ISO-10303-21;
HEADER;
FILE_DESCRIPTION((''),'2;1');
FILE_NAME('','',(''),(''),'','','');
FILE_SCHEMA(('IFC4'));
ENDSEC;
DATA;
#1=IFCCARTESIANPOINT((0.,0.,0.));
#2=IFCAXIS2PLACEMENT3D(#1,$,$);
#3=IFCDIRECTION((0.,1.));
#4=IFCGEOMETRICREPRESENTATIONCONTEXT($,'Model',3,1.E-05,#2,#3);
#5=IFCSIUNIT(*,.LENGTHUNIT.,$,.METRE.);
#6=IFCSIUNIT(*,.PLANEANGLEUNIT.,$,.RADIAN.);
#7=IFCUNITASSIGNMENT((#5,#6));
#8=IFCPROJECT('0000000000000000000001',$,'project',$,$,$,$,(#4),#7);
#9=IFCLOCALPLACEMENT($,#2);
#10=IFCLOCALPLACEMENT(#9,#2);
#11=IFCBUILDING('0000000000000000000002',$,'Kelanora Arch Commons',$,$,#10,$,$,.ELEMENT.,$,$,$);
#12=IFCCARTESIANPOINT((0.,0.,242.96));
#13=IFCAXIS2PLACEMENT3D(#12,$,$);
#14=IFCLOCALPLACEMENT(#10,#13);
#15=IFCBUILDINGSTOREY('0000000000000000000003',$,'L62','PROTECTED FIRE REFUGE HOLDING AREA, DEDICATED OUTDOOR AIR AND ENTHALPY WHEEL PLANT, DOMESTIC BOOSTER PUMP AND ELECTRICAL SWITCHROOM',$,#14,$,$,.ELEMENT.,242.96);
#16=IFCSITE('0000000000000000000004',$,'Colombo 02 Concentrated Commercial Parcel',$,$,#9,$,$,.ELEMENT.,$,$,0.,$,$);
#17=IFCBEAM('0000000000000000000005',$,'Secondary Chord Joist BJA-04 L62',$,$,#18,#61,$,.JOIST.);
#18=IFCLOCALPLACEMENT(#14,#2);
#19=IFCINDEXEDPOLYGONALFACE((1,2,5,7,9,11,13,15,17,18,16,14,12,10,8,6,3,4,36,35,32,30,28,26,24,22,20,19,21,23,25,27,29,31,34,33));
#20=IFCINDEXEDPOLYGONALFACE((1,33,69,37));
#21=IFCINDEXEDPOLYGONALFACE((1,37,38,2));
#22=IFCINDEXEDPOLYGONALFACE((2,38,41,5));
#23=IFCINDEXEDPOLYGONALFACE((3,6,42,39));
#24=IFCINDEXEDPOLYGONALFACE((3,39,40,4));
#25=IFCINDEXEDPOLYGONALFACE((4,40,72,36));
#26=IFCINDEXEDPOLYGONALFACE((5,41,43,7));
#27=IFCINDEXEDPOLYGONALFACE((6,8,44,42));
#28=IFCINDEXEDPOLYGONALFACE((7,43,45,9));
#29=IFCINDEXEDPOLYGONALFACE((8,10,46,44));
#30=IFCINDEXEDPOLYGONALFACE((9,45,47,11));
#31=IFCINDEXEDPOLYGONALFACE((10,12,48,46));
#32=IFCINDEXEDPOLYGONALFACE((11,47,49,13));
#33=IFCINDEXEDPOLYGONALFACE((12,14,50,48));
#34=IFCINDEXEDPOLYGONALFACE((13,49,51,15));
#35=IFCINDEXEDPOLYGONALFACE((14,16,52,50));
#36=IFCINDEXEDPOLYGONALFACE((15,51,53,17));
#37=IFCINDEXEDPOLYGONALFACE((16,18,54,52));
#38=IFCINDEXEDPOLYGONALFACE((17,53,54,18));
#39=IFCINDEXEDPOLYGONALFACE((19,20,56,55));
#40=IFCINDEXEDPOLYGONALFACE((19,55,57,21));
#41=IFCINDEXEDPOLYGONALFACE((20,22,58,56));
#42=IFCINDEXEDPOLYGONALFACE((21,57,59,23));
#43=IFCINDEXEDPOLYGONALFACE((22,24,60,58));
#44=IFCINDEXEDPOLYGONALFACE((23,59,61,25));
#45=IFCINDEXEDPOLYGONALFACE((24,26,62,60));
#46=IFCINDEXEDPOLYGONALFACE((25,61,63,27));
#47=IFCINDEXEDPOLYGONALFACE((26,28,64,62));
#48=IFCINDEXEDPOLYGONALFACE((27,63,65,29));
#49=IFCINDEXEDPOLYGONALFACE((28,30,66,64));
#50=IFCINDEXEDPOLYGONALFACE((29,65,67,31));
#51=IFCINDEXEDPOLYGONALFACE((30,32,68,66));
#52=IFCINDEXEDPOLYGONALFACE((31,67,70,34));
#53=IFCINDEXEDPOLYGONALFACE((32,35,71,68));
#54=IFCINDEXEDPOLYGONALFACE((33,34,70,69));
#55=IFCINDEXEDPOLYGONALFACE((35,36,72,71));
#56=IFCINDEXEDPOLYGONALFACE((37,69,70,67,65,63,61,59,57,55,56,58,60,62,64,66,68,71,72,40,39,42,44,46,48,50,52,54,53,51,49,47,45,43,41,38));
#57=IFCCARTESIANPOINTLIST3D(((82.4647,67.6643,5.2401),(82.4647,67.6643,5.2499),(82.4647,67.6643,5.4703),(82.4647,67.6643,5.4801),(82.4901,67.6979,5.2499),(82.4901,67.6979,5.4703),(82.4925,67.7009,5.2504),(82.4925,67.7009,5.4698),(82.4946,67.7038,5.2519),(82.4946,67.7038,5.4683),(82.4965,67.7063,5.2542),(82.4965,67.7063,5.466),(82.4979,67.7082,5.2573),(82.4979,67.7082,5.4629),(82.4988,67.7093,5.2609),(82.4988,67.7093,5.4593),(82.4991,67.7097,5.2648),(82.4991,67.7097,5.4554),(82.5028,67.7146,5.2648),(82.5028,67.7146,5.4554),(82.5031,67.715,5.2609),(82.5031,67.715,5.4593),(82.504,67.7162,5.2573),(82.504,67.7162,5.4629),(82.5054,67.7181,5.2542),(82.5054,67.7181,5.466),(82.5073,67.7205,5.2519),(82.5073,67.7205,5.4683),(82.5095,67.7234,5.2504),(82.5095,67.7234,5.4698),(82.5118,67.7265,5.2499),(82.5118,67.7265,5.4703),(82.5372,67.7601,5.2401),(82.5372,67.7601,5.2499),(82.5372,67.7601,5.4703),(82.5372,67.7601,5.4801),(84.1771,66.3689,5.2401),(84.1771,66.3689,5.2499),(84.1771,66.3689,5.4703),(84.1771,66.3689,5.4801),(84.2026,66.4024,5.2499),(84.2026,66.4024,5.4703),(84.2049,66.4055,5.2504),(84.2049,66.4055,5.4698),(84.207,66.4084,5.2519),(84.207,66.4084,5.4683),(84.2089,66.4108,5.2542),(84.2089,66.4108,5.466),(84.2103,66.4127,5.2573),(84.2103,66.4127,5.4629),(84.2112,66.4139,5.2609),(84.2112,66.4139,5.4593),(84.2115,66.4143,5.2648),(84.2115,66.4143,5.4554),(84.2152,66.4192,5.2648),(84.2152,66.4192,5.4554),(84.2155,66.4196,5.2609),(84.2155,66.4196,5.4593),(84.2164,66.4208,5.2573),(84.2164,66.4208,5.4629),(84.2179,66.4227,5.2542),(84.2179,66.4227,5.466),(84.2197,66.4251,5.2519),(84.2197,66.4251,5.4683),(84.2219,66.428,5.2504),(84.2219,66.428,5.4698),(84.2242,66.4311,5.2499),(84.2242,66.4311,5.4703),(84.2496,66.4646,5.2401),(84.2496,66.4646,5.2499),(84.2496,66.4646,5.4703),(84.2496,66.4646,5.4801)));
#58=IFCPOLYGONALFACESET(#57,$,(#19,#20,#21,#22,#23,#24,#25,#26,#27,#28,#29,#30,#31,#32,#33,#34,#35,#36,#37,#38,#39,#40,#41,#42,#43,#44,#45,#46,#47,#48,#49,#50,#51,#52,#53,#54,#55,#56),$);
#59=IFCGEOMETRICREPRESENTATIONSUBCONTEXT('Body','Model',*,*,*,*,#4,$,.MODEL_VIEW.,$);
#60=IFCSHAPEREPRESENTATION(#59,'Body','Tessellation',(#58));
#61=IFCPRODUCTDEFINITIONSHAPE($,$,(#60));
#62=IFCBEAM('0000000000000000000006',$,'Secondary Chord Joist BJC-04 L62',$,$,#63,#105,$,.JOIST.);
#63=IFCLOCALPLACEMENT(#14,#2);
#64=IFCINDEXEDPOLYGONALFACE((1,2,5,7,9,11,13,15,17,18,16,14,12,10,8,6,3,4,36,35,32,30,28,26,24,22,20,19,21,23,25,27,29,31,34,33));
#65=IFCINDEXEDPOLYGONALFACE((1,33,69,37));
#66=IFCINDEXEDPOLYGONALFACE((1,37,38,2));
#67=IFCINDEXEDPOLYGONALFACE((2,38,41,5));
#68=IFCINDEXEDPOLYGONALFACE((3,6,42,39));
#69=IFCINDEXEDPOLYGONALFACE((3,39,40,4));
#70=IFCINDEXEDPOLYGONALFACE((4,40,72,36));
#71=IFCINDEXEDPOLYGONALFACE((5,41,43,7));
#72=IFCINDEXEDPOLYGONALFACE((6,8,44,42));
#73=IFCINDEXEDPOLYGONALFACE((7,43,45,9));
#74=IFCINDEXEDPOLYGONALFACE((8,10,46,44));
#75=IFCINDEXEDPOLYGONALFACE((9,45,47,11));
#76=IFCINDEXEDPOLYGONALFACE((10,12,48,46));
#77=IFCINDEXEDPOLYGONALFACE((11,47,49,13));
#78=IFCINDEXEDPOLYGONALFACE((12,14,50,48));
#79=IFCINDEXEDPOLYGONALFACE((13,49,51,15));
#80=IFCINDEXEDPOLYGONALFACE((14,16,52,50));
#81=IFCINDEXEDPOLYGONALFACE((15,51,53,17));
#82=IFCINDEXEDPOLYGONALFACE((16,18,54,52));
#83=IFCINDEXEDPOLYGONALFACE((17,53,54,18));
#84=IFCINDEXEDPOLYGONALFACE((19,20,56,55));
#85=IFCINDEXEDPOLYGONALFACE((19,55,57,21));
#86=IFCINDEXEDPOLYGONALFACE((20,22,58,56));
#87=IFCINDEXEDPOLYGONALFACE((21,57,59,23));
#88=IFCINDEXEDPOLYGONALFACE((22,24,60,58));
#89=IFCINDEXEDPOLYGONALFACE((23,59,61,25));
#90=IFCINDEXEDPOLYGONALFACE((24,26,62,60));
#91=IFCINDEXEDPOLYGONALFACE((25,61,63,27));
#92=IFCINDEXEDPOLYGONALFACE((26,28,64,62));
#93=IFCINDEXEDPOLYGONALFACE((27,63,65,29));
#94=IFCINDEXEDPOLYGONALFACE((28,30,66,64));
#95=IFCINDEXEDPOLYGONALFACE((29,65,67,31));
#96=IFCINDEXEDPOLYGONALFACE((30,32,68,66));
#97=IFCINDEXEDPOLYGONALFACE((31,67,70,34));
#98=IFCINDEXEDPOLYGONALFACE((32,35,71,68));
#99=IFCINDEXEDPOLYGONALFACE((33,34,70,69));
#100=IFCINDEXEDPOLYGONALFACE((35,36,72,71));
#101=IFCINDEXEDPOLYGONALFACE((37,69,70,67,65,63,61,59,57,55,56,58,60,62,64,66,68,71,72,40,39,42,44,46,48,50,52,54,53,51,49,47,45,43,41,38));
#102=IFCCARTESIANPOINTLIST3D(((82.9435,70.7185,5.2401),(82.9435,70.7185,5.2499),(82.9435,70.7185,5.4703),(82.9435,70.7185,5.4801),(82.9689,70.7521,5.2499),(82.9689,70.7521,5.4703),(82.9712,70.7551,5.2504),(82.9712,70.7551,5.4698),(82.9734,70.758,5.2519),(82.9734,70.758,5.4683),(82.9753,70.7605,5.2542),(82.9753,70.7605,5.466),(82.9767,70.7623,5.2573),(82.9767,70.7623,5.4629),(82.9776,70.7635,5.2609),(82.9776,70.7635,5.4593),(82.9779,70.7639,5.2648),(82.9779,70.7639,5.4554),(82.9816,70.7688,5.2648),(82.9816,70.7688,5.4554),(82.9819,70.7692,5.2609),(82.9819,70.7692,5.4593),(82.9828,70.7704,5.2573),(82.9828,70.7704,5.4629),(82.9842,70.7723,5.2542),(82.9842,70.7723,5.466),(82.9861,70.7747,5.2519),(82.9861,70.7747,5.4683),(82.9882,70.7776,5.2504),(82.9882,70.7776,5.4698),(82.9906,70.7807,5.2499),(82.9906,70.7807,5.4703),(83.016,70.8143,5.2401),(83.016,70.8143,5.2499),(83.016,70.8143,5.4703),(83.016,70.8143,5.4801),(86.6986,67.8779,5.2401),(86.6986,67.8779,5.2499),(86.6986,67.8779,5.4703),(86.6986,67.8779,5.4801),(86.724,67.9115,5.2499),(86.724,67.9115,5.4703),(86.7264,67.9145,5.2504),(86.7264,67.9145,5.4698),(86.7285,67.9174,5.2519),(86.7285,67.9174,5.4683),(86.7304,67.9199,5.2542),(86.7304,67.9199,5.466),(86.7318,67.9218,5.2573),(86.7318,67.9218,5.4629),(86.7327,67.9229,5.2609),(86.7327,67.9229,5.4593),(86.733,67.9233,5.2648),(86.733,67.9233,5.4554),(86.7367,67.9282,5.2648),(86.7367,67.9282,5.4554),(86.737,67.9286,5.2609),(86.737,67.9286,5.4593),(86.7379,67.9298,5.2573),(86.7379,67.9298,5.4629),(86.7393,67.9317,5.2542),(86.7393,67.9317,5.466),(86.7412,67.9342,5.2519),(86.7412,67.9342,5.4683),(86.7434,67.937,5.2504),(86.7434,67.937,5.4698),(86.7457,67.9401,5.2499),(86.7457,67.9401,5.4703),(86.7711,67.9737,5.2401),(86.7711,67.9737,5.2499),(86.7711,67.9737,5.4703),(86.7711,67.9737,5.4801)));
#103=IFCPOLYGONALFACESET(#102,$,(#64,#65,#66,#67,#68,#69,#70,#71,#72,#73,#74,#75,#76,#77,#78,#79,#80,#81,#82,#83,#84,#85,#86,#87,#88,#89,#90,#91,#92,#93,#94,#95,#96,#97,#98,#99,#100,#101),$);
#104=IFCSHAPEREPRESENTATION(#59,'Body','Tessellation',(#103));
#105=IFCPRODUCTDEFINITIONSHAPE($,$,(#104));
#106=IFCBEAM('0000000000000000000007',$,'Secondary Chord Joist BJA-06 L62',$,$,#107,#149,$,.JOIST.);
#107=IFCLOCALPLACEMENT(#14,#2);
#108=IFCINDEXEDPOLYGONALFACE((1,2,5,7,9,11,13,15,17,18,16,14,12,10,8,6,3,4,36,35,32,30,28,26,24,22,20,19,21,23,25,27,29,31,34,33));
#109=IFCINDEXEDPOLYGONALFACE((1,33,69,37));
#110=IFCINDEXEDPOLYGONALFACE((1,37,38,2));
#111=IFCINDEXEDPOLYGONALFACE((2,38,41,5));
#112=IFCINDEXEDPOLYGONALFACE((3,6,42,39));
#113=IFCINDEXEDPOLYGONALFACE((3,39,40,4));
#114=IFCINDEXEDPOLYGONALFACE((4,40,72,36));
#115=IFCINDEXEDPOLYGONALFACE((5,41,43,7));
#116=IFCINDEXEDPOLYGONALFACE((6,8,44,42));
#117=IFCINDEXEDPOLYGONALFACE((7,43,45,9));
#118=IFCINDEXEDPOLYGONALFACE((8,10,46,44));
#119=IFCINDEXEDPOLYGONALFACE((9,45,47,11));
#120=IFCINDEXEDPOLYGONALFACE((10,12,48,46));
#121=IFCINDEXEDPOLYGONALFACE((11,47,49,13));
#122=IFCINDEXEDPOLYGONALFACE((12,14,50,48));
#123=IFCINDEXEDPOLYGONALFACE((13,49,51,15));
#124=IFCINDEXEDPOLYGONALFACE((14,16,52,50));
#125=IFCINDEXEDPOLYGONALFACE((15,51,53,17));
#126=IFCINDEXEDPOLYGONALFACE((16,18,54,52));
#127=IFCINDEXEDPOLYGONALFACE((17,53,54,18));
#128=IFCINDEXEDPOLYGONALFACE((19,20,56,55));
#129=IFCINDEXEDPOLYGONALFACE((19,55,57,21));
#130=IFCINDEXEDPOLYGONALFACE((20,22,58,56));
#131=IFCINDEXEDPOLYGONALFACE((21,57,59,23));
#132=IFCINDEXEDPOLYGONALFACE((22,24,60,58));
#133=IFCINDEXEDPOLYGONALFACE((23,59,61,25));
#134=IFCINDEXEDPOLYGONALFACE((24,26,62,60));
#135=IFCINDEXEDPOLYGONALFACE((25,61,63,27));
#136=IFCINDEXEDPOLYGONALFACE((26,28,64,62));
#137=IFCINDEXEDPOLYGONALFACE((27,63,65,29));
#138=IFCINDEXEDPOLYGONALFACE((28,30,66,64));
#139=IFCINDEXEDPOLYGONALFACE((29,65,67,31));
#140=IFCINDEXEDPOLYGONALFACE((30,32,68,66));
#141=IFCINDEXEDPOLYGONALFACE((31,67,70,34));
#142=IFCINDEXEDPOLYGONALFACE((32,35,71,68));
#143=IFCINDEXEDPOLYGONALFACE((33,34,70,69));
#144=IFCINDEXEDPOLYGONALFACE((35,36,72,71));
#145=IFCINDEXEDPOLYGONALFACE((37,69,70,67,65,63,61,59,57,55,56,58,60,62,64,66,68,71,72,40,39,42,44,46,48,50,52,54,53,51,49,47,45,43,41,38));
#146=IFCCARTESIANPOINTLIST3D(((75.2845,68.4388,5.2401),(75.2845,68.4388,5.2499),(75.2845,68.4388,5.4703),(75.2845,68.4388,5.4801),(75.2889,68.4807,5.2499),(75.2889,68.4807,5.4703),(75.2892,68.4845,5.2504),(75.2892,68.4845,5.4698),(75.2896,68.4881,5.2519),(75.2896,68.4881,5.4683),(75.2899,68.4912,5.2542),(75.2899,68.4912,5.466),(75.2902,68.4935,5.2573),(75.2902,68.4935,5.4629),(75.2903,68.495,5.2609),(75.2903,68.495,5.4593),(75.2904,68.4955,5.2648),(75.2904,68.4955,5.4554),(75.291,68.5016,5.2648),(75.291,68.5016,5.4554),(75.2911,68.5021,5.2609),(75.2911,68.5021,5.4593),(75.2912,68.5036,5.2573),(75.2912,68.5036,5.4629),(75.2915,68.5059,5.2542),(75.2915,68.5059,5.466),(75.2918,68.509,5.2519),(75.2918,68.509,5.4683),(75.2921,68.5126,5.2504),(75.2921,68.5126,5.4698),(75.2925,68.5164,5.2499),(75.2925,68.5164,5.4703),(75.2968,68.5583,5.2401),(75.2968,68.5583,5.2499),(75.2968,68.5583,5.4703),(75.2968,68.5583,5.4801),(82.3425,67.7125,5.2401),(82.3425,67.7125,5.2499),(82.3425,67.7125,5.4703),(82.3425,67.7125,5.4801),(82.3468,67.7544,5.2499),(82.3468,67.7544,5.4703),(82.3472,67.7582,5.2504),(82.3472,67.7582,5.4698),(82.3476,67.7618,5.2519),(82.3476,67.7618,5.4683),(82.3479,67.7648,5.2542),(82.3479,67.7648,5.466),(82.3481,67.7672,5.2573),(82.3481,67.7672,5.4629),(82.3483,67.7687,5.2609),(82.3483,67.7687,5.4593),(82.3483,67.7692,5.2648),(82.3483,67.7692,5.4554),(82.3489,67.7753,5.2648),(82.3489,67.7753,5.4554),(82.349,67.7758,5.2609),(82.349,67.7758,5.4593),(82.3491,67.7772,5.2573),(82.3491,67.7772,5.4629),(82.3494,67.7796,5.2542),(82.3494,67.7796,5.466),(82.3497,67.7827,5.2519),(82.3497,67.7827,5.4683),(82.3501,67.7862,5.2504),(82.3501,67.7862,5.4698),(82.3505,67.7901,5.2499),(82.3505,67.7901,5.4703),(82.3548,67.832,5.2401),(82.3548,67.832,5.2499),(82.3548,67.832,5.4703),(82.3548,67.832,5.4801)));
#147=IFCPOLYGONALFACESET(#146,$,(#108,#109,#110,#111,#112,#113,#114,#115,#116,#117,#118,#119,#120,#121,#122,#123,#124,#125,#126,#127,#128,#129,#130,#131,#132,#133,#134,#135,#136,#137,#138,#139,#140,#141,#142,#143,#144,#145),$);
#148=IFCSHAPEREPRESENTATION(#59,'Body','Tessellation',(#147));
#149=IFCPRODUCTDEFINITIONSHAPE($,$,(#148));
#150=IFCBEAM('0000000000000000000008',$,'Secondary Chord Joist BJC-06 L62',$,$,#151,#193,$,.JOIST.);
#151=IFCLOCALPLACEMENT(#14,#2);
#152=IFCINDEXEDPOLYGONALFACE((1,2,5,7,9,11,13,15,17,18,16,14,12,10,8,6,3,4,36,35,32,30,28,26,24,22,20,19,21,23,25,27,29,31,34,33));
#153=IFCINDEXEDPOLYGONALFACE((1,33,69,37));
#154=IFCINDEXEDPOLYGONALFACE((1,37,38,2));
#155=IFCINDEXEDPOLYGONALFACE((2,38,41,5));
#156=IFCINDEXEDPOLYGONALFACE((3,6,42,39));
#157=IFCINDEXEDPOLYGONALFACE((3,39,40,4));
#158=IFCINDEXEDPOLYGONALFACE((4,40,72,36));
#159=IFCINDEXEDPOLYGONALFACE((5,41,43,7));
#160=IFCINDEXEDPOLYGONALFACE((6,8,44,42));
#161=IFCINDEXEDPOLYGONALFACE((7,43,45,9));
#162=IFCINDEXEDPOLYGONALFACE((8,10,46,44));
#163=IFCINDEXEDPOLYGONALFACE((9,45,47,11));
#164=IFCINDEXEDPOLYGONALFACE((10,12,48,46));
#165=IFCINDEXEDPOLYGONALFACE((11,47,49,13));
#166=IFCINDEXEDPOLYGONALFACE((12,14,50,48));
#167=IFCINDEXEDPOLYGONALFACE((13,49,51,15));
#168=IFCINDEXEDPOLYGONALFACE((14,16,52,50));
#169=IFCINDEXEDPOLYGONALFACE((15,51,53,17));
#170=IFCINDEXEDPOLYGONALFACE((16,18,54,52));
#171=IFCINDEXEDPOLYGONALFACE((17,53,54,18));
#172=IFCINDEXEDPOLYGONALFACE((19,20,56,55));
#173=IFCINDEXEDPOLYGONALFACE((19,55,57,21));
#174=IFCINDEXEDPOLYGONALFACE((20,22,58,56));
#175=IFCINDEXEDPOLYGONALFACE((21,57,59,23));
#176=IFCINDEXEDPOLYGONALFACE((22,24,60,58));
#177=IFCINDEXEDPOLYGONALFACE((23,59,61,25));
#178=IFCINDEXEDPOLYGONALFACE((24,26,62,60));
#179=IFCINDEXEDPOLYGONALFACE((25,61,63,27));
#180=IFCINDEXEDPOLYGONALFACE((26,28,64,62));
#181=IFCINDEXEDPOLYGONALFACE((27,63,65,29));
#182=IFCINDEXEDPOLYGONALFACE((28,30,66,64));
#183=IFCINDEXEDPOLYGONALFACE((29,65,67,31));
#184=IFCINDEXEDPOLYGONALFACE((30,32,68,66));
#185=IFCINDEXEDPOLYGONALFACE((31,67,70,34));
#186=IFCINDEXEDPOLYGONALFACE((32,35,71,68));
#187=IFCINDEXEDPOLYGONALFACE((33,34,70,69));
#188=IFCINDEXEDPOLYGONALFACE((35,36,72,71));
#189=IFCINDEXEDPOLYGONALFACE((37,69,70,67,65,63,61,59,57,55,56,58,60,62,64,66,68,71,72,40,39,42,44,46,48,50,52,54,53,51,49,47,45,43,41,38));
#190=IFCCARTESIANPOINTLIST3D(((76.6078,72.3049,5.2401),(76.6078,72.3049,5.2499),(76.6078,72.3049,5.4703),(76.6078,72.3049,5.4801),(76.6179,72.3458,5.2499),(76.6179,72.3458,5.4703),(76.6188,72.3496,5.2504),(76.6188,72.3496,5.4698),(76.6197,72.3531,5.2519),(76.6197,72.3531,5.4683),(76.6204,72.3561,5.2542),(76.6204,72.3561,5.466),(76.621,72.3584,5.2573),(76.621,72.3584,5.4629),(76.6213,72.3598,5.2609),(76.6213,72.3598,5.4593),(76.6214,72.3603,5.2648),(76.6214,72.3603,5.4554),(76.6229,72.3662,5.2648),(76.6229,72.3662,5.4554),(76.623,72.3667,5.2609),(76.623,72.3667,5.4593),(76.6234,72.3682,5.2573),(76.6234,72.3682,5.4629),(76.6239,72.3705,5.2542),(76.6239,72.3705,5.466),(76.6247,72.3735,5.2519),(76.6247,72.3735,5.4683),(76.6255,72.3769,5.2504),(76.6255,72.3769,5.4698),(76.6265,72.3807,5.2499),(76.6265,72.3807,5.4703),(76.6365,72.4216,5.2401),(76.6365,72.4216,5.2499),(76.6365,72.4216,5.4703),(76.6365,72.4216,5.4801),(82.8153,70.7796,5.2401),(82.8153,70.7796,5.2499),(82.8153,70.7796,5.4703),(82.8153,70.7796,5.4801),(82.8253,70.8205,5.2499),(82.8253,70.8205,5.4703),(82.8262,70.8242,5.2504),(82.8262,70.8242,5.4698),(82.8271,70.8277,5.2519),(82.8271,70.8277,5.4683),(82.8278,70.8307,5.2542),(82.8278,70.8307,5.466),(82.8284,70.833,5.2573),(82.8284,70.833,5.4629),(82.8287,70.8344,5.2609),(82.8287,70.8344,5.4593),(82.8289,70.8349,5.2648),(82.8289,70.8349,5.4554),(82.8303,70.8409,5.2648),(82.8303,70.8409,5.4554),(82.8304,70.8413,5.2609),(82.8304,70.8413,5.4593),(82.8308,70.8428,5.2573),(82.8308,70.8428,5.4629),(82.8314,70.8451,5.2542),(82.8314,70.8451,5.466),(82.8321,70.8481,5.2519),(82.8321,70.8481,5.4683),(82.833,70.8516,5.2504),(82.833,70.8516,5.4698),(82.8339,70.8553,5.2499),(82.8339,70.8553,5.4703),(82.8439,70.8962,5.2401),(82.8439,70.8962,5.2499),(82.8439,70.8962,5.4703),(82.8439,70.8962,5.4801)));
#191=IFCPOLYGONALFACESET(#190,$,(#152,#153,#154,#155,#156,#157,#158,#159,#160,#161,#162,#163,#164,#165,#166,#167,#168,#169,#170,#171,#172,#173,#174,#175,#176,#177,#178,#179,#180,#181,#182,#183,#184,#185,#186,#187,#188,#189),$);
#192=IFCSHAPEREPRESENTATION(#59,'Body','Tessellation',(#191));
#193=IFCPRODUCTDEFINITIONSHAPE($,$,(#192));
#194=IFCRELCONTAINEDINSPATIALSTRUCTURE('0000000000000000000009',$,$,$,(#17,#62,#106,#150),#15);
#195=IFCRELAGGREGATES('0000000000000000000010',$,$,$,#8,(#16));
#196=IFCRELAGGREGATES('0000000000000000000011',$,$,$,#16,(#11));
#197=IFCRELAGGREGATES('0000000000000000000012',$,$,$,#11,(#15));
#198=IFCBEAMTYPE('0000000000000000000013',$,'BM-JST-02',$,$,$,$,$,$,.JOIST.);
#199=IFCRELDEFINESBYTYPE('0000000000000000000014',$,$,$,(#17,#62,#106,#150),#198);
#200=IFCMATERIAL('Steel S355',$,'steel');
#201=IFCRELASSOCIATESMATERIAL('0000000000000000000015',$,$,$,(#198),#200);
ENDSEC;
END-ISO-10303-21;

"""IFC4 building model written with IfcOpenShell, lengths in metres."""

from ifc_helpers import new_model, si_unit, direction, frame, origin, origin_2d, place, context, subcontext, project, spatial, i_section, extrude, material, material_profile, profile_set, type_object, element, save


model = new_model("IFC4")

# Units and contexts
model_context = context("Model", 3, precision=1e-05, world=origin(), true_north=direction((0.0, 1.0)))
body_context = subcontext(model_context, "Body", "Model", "MODEL_VIEW")
ifc_project = project(units=[si_unit("LENGTHUNIT", "METRE"), si_unit("PLANEANGLEUNIT", "RADIAN")], contexts=[model_context])

# Site, building, storey
site_placement = place(None, origin())
site = spatial("IfcSite", under=ifc_project, at=site_placement, Name="Colombo 02 Concentrated Commercial Parcel", CompositionType="ELEMENT", RefElevation=0.0)
building_placement = place(site_placement, origin())
building = spatial("IfcBuilding", under=site, at=building_placement, Name="Kelanora Arch Commons", CompositionType="ELEMENT")
storey_placement = place(building_placement, frame((0.0, 0.0, 242.96)))
storey = spatial("IfcBuildingStorey", under=building, at=storey_placement, Name="L62", Description="PROTECTED FIRE REFUGE HOLDING AREA, DEDICATED OUTDOOR AIR AND ENTHALPY WHEEL PLANT, DOMESTIC BOOSTER PUMP AND ELECTRICAL SWITCHROOM", CompositionType="ELEMENT", Elevation=242.96)

# Beams
ifc_material_1 = material(Name="Steel S355", Category="steel")
ifc_material_profile_1 = material_profile(ifc_material_1, i_section(OverallWidth=0.1201, OverallDepth=0.24, WebThickness=0.0061, FlangeThickness=0.0098, FilletRadius=0.0149, at=origin_2d()), Name="IPE240")
ifc_profile_set_1 = profile_set([ifc_material_profile_1], Name="Steel S355")
beam_type_1 = type_object("IfcBeamType", Name="BM-JST-02", PredefinedType="JOIST", material=ifc_profile_set_1)
beam_1_placement = place(storey_placement, frame((84.2134, 66.4167, 5.3601), z_axis=(-0.79751, 0.603306, 0.0), x_axis=(-0.603306, -0.79751, 0.0)))
element("IfcBeam", 1, at=beam_1_placement, inside=storey, type_object=beam_type_1, Name="Secondary Chord Joist BJA-04 L62", PredefinedType="JOIST", context=body_context, shape_type="SweptSolid", body=[
    extrude(i_section(OverallWidth=0.1201, OverallDepth=0.24, WebThickness=0.0061, FlangeThickness=0.0098, FilletRadius=0.0149, at=origin_2d()), origin(), (0.0, 0.0, 1.0), 2.1472),
])
beam_2_placement = place(storey_placement, frame((86.7349, 67.9258, 5.3601), z_axis=(-0.797523, 0.603289, 0.0), x_axis=(-0.603289, -0.797523, 0.0)))
element("IfcBeam", 2, at=beam_2_placement, inside=storey, type_object=beam_type_1, Name="Secondary Chord Joist BJC-04 L62", PredefinedType="JOIST", context=body_context, shape_type="SweptSolid", body=[
    extrude(i_section(OverallWidth=0.1201, OverallDepth=0.24, WebThickness=0.0061, FlangeThickness=0.0098, FilletRadius=0.0149, at=origin_2d()), origin(), (0.0, 0.0, 1.0), 4.7085),
])
beam_3_placement = place(storey_placement, frame((82.3486, 67.7722, 5.3601), z_axis=(-0.994747, 0.102369, 0.0), x_axis=(-0.102369, -0.994747, 0.0)))
element("IfcBeam", 3, at=beam_3_placement, inside=storey, type_object=beam_type_1, Name="Secondary Chord Joist BJA-06 L62", PredefinedType="JOIST", context=body_context, shape_type="SweptSolid", body=[
    extrude(i_section(OverallWidth=0.1201, OverallDepth=0.24, WebThickness=0.0061, FlangeThickness=0.0098, FilletRadius=0.0149, at=origin_2d()), origin(), (0.0, 0.0, 1.0), 7.0952),
])
beam_4_placement = place(storey_placement, frame((82.8296, 70.8379, 5.3601), z_axis=(-0.97111, 0.238633, 0.0), x_axis=(-0.238633, -0.97111, 0.0)))
element("IfcBeam", 4, at=beam_4_placement, inside=storey, type_object=beam_type_1, Name="Secondary Chord Joist BJC-06 L62", PredefinedType="JOIST", context=body_context, shape_type="SweptSolid", body=[
    extrude(i_section(OverallWidth=0.1201, OverallDepth=0.24, WebThickness=0.0061, FlangeThickness=0.0098, FilletRadius=0.0149, at=origin_2d()), origin(), (0.0, 0.0, 1.0), 6.3921),
])

save(model, "model.ifc")
